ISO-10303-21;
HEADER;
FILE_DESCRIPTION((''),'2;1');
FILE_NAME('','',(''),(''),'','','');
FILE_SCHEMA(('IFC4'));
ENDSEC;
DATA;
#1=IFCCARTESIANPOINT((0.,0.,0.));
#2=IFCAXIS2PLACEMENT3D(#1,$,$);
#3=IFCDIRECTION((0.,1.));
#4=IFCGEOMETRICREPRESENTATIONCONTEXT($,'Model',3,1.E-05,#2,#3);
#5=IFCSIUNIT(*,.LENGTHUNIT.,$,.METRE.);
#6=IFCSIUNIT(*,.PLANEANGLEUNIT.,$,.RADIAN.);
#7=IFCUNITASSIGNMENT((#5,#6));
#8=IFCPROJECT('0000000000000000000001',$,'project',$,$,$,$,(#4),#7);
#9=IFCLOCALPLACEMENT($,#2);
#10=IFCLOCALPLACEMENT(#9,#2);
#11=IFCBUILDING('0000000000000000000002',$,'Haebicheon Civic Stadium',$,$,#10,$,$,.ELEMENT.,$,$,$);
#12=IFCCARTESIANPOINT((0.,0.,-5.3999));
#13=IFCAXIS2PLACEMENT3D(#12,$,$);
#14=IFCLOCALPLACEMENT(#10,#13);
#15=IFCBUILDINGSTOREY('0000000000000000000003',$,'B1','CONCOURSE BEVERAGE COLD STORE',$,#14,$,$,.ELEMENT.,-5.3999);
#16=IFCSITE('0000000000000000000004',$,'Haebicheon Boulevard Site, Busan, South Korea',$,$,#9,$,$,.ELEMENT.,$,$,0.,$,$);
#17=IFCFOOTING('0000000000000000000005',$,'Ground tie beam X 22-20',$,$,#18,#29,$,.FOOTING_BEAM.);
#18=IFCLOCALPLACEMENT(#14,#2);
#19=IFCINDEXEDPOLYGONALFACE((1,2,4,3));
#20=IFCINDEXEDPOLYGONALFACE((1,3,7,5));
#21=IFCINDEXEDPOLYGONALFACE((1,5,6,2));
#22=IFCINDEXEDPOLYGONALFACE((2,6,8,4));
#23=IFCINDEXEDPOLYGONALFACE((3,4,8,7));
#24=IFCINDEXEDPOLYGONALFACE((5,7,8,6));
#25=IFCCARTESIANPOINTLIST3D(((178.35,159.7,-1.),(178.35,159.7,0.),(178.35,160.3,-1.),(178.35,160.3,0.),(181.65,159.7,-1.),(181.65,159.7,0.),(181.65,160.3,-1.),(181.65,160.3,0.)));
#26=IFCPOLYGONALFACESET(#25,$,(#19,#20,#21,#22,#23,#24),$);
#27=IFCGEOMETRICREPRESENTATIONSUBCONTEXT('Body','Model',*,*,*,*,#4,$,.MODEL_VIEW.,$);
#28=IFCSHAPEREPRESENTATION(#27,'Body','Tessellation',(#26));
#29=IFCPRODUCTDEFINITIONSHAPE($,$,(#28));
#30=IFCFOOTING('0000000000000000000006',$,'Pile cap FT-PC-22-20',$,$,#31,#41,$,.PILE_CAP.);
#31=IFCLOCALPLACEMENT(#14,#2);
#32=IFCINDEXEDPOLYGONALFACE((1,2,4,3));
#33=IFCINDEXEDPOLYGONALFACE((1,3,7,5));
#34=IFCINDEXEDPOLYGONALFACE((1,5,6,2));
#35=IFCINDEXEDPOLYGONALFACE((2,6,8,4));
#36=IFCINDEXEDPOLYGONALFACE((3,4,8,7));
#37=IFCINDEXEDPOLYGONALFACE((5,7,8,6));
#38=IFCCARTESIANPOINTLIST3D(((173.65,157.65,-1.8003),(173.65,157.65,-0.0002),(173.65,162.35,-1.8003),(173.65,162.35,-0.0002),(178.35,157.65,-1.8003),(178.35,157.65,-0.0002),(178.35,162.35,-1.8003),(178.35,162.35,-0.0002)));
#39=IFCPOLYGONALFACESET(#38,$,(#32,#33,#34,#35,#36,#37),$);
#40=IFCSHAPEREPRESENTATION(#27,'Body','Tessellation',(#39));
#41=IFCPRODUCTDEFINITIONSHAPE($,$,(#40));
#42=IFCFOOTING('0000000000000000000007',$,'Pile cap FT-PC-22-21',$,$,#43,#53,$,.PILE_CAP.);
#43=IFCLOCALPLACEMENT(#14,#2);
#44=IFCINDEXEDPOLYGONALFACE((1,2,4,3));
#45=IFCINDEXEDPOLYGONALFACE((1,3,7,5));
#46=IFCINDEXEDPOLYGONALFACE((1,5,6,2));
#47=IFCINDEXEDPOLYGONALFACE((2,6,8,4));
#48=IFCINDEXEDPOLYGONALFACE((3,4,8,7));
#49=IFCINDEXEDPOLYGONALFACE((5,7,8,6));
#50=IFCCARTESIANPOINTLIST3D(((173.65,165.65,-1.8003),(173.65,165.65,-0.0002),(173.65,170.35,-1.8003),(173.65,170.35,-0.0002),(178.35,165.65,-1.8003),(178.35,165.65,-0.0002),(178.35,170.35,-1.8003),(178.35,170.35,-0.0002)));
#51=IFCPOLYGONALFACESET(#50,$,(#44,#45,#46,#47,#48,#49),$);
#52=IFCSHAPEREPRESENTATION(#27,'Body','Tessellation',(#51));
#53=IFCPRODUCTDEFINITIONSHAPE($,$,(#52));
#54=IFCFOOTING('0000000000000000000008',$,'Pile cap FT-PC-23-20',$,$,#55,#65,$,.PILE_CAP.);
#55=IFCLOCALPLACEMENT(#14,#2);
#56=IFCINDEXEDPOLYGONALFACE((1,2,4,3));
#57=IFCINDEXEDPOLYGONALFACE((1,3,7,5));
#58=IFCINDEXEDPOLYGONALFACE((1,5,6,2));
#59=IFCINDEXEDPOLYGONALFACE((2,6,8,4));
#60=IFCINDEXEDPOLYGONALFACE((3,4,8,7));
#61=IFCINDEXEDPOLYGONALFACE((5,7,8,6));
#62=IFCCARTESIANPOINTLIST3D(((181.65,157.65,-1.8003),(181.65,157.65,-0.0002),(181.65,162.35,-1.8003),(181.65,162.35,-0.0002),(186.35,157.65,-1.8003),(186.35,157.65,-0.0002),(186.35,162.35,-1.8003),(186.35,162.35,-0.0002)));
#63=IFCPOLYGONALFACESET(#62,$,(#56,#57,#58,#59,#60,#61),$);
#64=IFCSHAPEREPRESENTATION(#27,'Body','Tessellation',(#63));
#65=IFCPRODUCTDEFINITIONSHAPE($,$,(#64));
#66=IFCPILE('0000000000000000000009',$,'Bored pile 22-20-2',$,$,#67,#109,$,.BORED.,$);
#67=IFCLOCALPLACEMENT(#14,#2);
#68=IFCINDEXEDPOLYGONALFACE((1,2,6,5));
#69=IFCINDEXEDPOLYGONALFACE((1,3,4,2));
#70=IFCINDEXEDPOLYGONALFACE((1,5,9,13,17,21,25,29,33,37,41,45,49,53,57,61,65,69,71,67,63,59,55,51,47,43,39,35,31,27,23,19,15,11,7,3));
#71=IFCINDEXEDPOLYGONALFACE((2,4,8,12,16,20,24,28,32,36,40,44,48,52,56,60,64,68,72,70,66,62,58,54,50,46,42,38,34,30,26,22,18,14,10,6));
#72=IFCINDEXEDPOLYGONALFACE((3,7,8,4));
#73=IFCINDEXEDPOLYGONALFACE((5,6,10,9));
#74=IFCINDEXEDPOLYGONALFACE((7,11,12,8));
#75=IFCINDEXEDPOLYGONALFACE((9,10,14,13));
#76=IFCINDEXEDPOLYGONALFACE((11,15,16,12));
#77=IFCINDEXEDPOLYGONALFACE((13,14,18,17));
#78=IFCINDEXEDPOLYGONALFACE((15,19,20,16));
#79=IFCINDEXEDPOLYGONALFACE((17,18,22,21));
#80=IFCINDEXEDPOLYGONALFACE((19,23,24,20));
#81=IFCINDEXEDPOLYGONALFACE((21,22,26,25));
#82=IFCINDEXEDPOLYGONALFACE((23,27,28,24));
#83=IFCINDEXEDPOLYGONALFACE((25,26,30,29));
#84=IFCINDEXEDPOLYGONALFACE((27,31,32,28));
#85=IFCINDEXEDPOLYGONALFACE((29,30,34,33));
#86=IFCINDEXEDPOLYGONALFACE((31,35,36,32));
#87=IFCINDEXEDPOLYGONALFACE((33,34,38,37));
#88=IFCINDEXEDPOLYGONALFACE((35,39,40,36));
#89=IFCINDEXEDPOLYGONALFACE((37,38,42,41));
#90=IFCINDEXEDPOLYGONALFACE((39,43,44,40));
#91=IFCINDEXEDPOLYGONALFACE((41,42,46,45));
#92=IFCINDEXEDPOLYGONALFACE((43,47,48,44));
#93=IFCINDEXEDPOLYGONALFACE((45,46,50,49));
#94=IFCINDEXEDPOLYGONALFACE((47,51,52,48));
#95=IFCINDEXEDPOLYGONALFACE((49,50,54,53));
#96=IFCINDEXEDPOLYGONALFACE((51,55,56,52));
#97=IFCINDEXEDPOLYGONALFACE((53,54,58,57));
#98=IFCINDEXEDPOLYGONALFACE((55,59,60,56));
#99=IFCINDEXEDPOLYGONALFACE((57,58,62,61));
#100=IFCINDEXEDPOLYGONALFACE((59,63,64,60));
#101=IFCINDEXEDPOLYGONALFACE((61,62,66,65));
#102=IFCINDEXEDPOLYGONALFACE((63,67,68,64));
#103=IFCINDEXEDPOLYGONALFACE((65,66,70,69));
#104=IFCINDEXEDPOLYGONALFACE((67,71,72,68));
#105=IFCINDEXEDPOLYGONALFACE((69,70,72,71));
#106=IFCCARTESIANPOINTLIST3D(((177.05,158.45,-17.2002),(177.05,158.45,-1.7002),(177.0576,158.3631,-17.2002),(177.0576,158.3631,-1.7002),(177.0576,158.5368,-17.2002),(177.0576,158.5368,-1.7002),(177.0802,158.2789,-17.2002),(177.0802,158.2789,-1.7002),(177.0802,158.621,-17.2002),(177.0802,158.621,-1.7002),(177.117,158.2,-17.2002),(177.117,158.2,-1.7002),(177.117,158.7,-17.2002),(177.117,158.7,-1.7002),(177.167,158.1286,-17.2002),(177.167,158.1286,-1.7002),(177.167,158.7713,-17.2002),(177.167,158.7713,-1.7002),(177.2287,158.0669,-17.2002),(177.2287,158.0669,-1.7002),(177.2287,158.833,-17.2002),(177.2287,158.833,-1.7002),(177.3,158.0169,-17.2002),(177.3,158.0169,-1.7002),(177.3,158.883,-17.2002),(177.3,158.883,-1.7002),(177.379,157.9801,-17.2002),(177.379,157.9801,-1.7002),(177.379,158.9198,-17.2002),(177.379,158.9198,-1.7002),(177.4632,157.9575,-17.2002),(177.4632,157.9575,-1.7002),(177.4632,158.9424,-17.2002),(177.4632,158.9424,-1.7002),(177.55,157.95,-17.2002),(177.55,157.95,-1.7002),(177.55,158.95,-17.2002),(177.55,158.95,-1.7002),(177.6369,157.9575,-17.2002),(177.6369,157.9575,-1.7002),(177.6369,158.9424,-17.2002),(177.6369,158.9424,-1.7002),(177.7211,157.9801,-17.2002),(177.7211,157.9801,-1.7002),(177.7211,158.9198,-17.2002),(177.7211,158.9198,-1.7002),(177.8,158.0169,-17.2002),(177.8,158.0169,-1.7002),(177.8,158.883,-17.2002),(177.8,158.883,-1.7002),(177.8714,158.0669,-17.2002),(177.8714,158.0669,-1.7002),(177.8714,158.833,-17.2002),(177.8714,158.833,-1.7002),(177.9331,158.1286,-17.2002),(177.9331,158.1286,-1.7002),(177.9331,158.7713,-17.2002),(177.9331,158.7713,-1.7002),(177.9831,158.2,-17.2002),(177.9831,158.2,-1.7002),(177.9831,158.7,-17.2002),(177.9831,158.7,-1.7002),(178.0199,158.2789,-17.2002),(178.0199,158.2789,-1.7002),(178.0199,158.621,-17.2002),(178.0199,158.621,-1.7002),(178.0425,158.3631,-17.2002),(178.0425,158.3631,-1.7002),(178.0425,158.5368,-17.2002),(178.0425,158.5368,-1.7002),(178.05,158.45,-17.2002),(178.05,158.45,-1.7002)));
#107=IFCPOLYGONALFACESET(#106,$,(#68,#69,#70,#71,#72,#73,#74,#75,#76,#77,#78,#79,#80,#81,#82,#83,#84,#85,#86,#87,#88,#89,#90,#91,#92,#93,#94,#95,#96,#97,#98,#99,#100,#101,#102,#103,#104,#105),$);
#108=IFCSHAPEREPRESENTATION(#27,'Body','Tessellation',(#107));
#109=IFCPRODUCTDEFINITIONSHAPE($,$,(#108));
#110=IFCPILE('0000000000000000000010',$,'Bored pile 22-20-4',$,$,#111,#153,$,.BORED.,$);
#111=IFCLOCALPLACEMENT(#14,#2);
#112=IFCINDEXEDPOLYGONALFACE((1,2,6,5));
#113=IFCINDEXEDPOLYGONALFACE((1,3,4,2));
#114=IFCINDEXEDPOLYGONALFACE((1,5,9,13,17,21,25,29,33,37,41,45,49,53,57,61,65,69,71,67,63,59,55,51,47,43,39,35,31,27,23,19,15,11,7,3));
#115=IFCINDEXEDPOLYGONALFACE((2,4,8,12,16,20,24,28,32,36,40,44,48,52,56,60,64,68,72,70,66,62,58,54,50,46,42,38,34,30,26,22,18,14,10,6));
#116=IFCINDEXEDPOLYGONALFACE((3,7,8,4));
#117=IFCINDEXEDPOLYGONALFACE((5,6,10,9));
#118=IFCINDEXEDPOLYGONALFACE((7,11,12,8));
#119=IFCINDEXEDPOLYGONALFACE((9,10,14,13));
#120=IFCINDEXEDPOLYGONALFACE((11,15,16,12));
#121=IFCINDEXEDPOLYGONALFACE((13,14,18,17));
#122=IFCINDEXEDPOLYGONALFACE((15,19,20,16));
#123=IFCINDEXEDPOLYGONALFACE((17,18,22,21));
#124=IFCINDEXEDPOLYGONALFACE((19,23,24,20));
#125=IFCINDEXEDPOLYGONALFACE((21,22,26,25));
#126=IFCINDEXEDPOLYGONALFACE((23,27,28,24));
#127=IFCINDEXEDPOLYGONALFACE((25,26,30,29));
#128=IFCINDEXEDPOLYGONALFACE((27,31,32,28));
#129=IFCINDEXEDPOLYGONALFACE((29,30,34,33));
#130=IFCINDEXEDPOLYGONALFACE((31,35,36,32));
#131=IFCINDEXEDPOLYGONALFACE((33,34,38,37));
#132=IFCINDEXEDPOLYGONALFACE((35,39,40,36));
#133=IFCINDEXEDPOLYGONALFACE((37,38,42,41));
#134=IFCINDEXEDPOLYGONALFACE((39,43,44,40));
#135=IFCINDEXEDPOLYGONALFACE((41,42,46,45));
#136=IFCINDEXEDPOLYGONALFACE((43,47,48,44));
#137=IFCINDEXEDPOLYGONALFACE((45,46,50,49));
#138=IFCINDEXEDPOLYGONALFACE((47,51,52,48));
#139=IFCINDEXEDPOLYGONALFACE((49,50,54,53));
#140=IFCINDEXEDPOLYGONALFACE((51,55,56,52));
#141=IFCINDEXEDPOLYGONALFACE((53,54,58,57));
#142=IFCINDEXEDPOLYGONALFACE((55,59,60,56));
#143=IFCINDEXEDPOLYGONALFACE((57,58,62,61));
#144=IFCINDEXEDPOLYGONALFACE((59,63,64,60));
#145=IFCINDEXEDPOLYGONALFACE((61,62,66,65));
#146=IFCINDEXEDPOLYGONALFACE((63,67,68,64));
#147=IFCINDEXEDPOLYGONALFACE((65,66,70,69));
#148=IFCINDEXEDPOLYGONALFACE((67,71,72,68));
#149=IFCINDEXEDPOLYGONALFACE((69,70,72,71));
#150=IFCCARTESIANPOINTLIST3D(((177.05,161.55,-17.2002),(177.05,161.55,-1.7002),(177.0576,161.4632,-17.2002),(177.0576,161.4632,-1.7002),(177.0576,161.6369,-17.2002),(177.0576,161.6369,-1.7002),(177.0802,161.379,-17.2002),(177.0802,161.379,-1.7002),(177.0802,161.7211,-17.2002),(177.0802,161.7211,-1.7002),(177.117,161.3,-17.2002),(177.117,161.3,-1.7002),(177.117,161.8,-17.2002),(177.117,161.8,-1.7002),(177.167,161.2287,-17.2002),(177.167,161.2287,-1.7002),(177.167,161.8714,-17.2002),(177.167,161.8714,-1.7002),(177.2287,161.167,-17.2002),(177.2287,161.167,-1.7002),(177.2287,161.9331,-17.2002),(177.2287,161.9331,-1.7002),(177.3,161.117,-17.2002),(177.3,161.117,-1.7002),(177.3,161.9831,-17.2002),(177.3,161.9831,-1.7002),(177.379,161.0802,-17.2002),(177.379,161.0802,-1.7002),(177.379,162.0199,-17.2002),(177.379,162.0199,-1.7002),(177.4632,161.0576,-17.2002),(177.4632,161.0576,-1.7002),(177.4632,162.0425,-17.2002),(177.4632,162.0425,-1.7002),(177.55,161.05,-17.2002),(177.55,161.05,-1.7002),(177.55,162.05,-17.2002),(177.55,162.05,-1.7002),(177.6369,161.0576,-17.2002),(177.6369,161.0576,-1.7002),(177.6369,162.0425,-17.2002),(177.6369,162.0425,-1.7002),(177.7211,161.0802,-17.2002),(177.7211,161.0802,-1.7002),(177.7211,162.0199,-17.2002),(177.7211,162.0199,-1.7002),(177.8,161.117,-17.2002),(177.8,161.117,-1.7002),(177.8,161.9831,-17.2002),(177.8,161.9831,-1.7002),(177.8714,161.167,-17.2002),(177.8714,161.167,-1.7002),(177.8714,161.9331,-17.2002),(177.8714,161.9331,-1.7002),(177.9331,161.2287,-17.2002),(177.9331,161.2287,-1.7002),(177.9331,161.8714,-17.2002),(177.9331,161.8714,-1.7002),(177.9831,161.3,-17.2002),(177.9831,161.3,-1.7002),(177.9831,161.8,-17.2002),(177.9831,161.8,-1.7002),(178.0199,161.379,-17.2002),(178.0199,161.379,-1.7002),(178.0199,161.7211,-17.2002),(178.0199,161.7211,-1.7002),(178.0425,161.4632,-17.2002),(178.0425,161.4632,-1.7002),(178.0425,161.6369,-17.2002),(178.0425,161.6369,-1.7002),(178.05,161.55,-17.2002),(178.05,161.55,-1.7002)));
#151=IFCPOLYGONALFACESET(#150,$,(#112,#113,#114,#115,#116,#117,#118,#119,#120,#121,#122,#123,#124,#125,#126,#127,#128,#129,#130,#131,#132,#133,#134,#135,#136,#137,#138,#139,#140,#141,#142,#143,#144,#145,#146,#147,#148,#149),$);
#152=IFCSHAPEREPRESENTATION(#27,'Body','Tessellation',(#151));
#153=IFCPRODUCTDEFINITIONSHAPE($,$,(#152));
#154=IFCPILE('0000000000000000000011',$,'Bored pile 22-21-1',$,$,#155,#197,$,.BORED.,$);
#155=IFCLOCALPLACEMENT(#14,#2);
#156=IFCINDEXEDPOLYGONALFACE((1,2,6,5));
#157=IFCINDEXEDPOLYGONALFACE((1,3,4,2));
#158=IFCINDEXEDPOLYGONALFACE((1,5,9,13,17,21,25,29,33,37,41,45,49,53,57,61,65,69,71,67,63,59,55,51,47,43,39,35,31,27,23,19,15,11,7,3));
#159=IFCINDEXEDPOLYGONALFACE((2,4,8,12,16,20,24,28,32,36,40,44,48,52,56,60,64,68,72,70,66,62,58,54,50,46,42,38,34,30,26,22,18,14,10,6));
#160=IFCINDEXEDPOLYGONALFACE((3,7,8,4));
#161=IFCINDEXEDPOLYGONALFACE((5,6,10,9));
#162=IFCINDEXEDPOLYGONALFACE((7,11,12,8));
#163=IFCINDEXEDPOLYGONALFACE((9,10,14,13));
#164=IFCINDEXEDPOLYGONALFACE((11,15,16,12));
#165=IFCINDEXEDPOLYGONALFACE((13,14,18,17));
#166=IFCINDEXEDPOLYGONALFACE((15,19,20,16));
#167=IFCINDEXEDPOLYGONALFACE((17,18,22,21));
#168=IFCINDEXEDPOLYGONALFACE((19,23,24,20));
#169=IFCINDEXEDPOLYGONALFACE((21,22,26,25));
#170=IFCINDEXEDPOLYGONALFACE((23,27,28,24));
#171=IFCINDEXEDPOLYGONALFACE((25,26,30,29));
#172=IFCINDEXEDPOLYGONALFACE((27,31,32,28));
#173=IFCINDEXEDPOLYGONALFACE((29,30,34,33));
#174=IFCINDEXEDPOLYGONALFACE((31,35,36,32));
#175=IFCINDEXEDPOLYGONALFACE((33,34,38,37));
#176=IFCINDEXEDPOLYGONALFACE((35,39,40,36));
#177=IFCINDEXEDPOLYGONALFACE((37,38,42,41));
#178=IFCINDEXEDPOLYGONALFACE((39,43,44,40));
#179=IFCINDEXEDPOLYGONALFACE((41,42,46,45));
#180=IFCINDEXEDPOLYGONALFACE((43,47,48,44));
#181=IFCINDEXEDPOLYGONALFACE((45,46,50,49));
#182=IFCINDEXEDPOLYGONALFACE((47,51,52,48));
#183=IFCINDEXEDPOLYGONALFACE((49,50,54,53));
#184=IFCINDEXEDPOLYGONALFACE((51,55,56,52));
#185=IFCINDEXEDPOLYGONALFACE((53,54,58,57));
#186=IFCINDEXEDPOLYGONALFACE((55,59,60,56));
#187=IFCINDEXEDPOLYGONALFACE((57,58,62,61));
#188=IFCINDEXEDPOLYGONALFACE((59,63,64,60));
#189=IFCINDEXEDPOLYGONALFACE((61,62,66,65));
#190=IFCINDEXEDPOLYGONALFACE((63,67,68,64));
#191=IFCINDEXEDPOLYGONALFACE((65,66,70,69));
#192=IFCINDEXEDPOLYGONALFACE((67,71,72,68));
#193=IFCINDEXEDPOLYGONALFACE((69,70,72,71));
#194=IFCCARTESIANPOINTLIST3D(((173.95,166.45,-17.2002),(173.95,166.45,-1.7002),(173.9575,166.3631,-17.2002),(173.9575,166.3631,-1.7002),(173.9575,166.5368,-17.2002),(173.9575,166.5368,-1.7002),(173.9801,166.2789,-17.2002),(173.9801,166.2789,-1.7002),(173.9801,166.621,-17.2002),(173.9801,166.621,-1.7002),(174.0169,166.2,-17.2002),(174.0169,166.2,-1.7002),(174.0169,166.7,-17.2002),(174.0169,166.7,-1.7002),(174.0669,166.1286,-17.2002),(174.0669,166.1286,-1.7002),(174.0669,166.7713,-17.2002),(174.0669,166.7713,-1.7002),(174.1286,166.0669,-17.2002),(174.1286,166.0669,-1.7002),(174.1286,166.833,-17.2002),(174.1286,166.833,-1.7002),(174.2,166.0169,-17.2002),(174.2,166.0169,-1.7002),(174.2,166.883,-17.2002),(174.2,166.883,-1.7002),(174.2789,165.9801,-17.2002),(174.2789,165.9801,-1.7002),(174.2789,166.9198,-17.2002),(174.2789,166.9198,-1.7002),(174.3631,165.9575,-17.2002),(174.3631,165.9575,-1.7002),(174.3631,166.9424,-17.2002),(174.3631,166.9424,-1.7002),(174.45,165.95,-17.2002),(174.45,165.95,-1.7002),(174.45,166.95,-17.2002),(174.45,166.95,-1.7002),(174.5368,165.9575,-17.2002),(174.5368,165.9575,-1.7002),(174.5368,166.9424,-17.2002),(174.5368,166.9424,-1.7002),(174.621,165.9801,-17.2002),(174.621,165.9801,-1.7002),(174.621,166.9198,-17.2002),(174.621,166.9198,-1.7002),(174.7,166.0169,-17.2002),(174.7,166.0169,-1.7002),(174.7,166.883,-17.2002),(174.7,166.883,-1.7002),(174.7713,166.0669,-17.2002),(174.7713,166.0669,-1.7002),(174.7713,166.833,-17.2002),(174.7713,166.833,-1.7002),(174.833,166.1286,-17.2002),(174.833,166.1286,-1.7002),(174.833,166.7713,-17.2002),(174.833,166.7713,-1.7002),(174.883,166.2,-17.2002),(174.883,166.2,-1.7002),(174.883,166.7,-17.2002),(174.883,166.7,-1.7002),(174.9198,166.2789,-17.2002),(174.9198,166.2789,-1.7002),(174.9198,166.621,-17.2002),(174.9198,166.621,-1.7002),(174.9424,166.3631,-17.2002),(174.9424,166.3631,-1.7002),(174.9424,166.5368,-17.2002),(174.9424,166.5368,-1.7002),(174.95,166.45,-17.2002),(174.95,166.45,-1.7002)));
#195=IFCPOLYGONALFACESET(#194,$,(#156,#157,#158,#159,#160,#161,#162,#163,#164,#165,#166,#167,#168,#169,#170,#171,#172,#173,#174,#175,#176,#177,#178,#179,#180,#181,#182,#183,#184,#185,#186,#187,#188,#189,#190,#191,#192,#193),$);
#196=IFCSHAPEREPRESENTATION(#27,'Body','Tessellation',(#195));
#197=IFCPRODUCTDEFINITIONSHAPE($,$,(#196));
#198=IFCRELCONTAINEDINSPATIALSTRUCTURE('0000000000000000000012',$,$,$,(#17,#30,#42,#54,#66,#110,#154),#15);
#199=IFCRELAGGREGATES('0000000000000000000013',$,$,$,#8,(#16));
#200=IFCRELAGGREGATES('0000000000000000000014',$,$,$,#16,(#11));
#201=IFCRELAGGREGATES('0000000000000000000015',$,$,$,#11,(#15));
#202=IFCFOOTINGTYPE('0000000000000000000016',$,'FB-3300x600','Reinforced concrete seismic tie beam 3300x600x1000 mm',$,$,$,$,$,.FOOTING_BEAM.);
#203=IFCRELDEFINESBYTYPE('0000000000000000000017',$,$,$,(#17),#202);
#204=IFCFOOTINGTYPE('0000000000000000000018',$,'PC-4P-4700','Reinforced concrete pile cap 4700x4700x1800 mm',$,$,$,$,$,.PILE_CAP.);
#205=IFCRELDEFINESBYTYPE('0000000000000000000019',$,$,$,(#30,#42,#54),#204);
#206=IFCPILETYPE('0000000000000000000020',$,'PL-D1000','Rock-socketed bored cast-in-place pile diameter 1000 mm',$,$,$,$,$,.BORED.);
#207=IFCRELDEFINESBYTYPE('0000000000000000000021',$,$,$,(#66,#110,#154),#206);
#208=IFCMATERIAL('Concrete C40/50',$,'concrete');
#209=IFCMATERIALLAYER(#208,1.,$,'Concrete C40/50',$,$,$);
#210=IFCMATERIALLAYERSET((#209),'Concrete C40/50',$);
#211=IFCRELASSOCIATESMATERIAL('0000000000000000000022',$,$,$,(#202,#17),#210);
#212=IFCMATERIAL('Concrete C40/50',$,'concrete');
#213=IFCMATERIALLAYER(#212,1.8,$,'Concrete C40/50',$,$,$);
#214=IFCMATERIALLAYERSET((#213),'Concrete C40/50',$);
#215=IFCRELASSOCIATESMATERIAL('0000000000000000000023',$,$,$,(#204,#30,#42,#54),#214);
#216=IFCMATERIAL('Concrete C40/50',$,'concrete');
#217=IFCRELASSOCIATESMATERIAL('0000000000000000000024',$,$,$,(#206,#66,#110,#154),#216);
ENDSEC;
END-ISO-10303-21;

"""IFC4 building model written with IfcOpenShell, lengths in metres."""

from ifc_helpers import new_model, si_unit, direction, frame, origin, origin_2d, place, context, subcontext, project, spatial, rectangle, circle, extrude, material, layer, layer_set, material_profile, profile_set, type_object, element, save


model = new_model("IFC4")

# Units and contexts
model_context = context("Model", 3, precision=1e-05, world=origin(), true_north=direction((0.0, 1.0)))
body_context = subcontext(model_context, "Body", "Model", "MODEL_VIEW")
ifc_project = project(units=[si_unit("LENGTHUNIT", "METRE"), si_unit("PLANEANGLEUNIT", "RADIAN")], contexts=[model_context])

# Site, building, storey
site_placement = place(None, origin())
site = spatial("IfcSite", under=ifc_project, at=site_placement, Name="Haebicheon Boulevard Site, Busan, South Korea", CompositionType="ELEMENT", RefElevation=0.0)
building_placement = place(site_placement, origin())
building = spatial("IfcBuilding", under=site, at=building_placement, Name="Haebicheon Civic Stadium", CompositionType="ELEMENT")
storey_placement = place(building_placement, frame((0.0, 0.0, -5.3999)))
storey = spatial("IfcBuildingStorey", under=building, at=storey_placement, Name="B1", Description="CONCOURSE BEVERAGE COLD STORE", CompositionType="ELEMENT", Elevation=-5.3999)

# Footings
ifc_material_1 = material(Name="Concrete C40/50", Category="concrete")
ifc_layer_1 = layer(ifc_material_1, 1.0, Name="Concrete C40/50")
ifc_layer_set_1 = layer_set([ifc_layer_1], Name="Concrete C40/50")
footing_type_1 = type_object("IfcFootingType", Name="FB-3300x600", Description="Reinforced concrete seismic tie beam 3300x600x1000 mm", PredefinedType="FOOTING_BEAM", material=ifc_layer_set_1)
footing_placement = place(storey_placement, frame((180.0, 160.0, -1.0), z_axis=(0.0, 0.0, 1.0), x_axis=(1.0, 0.0, 0.0)))
element("IfcFooting", 1, at=footing_placement, inside=storey, type_object=footing_type_1, material=ifc_layer_set_1, Name="Ground tie beam X 22-20", PredefinedType="FOOTING_BEAM", context=body_context, shape_type="SweptSolid", body=[
    extrude(rectangle(XDim=3.3, YDim=0.6001, at=origin_2d()), origin(), (0.0, 0.0, 1.0), 1.0),
])
ifc_material_2 = material(Name="Concrete C40/50", Category="concrete")
ifc_layer_2 = layer(ifc_material_2, 1.8, Name="Concrete C40/50")
ifc_layer_set_2 = layer_set([ifc_layer_2], Name="Concrete C40/50")
footing_type_2 = type_object("IfcFootingType", Name="PC-4P-4700", Description="Reinforced concrete pile cap 4700x4700x1800 mm", PredefinedType="PILE_CAP", material=ifc_layer_set_2)
for number, where, z_axis, x_axis, name in (
    (2, (176.0, 160.0, -1.8003), (0.0, 0.0, 1.0), (1.0, 0.0, 0.0), "Pile cap FT-PC-22-20"),
    (3, (176.0, 168.0, -1.8003), (0.0, 0.0, 1.0), (1.0, 0.0, 0.0), "Pile cap FT-PC-22-21"),
    (4, (184.0, 160.0, -1.8003), (0.0, 0.0, 1.0), (1.0, 0.0, 0.0), "Pile cap FT-PC-23-20"),
):
    element("IfcFooting", number, at=place(storey_placement, frame(where, z_axis=z_axis, x_axis=x_axis)), inside=storey, type_object=footing_type_2, material=ifc_layer_set_2, Name=name, PredefinedType="PILE_CAP", context=body_context, shape_type="SweptSolid", body=[
        extrude(rectangle(XDim=4.7, YDim=4.7, at=origin_2d()), origin(), (0.0, 0.0, 1.0), 1.8),
    ])

# Piles
ifc_material_3 = material(Name="Concrete C40/50", Category="concrete")
ifc_material_profile_1 = material_profile(ifc_material_3, circle(Radius=0.5, at=origin_2d()), Name="PILE-D1000")
ifc_profile_set_1 = profile_set([ifc_material_profile_1], Name="Concrete C40/50")
pile_type = type_object("IfcPileType", Name="PL-D1000", Description="Rock-socketed bored cast-in-place pile diameter 1000 mm", PredefinedType="BORED", material=ifc_profile_set_1)
for number, where, z_axis, x_axis, name in (
    (5, (177.55, 158.45, -1.7002), (0.0, 0.0, -1.0), (1.0, 0.0, 0.0), "Bored pile 22-20-2"),
    (6, (177.55, 161.55, -1.7002), (0.0, 0.0, -1.0), (1.0, 0.0, 0.0), "Bored pile 22-20-4"),
    (7, (174.45, 166.45, -1.7002), (0.0, 0.0, -1.0), (1.0, 0.0, 0.0), "Bored pile 22-21-1"),
):
    element("IfcPile", number, at=place(storey_placement, frame(where, z_axis=z_axis, x_axis=x_axis)), inside=storey, type_object=pile_type, material=ifc_profile_set_1, Name=name, PredefinedType="BORED", context=body_context, shape_type="SweptSolid", body=[
        extrude(circle(Radius=0.5, at=origin_2d()), origin(), (0.0, 0.0, 1.0), 15.5),
    ])

save(model, "model.ifc")
